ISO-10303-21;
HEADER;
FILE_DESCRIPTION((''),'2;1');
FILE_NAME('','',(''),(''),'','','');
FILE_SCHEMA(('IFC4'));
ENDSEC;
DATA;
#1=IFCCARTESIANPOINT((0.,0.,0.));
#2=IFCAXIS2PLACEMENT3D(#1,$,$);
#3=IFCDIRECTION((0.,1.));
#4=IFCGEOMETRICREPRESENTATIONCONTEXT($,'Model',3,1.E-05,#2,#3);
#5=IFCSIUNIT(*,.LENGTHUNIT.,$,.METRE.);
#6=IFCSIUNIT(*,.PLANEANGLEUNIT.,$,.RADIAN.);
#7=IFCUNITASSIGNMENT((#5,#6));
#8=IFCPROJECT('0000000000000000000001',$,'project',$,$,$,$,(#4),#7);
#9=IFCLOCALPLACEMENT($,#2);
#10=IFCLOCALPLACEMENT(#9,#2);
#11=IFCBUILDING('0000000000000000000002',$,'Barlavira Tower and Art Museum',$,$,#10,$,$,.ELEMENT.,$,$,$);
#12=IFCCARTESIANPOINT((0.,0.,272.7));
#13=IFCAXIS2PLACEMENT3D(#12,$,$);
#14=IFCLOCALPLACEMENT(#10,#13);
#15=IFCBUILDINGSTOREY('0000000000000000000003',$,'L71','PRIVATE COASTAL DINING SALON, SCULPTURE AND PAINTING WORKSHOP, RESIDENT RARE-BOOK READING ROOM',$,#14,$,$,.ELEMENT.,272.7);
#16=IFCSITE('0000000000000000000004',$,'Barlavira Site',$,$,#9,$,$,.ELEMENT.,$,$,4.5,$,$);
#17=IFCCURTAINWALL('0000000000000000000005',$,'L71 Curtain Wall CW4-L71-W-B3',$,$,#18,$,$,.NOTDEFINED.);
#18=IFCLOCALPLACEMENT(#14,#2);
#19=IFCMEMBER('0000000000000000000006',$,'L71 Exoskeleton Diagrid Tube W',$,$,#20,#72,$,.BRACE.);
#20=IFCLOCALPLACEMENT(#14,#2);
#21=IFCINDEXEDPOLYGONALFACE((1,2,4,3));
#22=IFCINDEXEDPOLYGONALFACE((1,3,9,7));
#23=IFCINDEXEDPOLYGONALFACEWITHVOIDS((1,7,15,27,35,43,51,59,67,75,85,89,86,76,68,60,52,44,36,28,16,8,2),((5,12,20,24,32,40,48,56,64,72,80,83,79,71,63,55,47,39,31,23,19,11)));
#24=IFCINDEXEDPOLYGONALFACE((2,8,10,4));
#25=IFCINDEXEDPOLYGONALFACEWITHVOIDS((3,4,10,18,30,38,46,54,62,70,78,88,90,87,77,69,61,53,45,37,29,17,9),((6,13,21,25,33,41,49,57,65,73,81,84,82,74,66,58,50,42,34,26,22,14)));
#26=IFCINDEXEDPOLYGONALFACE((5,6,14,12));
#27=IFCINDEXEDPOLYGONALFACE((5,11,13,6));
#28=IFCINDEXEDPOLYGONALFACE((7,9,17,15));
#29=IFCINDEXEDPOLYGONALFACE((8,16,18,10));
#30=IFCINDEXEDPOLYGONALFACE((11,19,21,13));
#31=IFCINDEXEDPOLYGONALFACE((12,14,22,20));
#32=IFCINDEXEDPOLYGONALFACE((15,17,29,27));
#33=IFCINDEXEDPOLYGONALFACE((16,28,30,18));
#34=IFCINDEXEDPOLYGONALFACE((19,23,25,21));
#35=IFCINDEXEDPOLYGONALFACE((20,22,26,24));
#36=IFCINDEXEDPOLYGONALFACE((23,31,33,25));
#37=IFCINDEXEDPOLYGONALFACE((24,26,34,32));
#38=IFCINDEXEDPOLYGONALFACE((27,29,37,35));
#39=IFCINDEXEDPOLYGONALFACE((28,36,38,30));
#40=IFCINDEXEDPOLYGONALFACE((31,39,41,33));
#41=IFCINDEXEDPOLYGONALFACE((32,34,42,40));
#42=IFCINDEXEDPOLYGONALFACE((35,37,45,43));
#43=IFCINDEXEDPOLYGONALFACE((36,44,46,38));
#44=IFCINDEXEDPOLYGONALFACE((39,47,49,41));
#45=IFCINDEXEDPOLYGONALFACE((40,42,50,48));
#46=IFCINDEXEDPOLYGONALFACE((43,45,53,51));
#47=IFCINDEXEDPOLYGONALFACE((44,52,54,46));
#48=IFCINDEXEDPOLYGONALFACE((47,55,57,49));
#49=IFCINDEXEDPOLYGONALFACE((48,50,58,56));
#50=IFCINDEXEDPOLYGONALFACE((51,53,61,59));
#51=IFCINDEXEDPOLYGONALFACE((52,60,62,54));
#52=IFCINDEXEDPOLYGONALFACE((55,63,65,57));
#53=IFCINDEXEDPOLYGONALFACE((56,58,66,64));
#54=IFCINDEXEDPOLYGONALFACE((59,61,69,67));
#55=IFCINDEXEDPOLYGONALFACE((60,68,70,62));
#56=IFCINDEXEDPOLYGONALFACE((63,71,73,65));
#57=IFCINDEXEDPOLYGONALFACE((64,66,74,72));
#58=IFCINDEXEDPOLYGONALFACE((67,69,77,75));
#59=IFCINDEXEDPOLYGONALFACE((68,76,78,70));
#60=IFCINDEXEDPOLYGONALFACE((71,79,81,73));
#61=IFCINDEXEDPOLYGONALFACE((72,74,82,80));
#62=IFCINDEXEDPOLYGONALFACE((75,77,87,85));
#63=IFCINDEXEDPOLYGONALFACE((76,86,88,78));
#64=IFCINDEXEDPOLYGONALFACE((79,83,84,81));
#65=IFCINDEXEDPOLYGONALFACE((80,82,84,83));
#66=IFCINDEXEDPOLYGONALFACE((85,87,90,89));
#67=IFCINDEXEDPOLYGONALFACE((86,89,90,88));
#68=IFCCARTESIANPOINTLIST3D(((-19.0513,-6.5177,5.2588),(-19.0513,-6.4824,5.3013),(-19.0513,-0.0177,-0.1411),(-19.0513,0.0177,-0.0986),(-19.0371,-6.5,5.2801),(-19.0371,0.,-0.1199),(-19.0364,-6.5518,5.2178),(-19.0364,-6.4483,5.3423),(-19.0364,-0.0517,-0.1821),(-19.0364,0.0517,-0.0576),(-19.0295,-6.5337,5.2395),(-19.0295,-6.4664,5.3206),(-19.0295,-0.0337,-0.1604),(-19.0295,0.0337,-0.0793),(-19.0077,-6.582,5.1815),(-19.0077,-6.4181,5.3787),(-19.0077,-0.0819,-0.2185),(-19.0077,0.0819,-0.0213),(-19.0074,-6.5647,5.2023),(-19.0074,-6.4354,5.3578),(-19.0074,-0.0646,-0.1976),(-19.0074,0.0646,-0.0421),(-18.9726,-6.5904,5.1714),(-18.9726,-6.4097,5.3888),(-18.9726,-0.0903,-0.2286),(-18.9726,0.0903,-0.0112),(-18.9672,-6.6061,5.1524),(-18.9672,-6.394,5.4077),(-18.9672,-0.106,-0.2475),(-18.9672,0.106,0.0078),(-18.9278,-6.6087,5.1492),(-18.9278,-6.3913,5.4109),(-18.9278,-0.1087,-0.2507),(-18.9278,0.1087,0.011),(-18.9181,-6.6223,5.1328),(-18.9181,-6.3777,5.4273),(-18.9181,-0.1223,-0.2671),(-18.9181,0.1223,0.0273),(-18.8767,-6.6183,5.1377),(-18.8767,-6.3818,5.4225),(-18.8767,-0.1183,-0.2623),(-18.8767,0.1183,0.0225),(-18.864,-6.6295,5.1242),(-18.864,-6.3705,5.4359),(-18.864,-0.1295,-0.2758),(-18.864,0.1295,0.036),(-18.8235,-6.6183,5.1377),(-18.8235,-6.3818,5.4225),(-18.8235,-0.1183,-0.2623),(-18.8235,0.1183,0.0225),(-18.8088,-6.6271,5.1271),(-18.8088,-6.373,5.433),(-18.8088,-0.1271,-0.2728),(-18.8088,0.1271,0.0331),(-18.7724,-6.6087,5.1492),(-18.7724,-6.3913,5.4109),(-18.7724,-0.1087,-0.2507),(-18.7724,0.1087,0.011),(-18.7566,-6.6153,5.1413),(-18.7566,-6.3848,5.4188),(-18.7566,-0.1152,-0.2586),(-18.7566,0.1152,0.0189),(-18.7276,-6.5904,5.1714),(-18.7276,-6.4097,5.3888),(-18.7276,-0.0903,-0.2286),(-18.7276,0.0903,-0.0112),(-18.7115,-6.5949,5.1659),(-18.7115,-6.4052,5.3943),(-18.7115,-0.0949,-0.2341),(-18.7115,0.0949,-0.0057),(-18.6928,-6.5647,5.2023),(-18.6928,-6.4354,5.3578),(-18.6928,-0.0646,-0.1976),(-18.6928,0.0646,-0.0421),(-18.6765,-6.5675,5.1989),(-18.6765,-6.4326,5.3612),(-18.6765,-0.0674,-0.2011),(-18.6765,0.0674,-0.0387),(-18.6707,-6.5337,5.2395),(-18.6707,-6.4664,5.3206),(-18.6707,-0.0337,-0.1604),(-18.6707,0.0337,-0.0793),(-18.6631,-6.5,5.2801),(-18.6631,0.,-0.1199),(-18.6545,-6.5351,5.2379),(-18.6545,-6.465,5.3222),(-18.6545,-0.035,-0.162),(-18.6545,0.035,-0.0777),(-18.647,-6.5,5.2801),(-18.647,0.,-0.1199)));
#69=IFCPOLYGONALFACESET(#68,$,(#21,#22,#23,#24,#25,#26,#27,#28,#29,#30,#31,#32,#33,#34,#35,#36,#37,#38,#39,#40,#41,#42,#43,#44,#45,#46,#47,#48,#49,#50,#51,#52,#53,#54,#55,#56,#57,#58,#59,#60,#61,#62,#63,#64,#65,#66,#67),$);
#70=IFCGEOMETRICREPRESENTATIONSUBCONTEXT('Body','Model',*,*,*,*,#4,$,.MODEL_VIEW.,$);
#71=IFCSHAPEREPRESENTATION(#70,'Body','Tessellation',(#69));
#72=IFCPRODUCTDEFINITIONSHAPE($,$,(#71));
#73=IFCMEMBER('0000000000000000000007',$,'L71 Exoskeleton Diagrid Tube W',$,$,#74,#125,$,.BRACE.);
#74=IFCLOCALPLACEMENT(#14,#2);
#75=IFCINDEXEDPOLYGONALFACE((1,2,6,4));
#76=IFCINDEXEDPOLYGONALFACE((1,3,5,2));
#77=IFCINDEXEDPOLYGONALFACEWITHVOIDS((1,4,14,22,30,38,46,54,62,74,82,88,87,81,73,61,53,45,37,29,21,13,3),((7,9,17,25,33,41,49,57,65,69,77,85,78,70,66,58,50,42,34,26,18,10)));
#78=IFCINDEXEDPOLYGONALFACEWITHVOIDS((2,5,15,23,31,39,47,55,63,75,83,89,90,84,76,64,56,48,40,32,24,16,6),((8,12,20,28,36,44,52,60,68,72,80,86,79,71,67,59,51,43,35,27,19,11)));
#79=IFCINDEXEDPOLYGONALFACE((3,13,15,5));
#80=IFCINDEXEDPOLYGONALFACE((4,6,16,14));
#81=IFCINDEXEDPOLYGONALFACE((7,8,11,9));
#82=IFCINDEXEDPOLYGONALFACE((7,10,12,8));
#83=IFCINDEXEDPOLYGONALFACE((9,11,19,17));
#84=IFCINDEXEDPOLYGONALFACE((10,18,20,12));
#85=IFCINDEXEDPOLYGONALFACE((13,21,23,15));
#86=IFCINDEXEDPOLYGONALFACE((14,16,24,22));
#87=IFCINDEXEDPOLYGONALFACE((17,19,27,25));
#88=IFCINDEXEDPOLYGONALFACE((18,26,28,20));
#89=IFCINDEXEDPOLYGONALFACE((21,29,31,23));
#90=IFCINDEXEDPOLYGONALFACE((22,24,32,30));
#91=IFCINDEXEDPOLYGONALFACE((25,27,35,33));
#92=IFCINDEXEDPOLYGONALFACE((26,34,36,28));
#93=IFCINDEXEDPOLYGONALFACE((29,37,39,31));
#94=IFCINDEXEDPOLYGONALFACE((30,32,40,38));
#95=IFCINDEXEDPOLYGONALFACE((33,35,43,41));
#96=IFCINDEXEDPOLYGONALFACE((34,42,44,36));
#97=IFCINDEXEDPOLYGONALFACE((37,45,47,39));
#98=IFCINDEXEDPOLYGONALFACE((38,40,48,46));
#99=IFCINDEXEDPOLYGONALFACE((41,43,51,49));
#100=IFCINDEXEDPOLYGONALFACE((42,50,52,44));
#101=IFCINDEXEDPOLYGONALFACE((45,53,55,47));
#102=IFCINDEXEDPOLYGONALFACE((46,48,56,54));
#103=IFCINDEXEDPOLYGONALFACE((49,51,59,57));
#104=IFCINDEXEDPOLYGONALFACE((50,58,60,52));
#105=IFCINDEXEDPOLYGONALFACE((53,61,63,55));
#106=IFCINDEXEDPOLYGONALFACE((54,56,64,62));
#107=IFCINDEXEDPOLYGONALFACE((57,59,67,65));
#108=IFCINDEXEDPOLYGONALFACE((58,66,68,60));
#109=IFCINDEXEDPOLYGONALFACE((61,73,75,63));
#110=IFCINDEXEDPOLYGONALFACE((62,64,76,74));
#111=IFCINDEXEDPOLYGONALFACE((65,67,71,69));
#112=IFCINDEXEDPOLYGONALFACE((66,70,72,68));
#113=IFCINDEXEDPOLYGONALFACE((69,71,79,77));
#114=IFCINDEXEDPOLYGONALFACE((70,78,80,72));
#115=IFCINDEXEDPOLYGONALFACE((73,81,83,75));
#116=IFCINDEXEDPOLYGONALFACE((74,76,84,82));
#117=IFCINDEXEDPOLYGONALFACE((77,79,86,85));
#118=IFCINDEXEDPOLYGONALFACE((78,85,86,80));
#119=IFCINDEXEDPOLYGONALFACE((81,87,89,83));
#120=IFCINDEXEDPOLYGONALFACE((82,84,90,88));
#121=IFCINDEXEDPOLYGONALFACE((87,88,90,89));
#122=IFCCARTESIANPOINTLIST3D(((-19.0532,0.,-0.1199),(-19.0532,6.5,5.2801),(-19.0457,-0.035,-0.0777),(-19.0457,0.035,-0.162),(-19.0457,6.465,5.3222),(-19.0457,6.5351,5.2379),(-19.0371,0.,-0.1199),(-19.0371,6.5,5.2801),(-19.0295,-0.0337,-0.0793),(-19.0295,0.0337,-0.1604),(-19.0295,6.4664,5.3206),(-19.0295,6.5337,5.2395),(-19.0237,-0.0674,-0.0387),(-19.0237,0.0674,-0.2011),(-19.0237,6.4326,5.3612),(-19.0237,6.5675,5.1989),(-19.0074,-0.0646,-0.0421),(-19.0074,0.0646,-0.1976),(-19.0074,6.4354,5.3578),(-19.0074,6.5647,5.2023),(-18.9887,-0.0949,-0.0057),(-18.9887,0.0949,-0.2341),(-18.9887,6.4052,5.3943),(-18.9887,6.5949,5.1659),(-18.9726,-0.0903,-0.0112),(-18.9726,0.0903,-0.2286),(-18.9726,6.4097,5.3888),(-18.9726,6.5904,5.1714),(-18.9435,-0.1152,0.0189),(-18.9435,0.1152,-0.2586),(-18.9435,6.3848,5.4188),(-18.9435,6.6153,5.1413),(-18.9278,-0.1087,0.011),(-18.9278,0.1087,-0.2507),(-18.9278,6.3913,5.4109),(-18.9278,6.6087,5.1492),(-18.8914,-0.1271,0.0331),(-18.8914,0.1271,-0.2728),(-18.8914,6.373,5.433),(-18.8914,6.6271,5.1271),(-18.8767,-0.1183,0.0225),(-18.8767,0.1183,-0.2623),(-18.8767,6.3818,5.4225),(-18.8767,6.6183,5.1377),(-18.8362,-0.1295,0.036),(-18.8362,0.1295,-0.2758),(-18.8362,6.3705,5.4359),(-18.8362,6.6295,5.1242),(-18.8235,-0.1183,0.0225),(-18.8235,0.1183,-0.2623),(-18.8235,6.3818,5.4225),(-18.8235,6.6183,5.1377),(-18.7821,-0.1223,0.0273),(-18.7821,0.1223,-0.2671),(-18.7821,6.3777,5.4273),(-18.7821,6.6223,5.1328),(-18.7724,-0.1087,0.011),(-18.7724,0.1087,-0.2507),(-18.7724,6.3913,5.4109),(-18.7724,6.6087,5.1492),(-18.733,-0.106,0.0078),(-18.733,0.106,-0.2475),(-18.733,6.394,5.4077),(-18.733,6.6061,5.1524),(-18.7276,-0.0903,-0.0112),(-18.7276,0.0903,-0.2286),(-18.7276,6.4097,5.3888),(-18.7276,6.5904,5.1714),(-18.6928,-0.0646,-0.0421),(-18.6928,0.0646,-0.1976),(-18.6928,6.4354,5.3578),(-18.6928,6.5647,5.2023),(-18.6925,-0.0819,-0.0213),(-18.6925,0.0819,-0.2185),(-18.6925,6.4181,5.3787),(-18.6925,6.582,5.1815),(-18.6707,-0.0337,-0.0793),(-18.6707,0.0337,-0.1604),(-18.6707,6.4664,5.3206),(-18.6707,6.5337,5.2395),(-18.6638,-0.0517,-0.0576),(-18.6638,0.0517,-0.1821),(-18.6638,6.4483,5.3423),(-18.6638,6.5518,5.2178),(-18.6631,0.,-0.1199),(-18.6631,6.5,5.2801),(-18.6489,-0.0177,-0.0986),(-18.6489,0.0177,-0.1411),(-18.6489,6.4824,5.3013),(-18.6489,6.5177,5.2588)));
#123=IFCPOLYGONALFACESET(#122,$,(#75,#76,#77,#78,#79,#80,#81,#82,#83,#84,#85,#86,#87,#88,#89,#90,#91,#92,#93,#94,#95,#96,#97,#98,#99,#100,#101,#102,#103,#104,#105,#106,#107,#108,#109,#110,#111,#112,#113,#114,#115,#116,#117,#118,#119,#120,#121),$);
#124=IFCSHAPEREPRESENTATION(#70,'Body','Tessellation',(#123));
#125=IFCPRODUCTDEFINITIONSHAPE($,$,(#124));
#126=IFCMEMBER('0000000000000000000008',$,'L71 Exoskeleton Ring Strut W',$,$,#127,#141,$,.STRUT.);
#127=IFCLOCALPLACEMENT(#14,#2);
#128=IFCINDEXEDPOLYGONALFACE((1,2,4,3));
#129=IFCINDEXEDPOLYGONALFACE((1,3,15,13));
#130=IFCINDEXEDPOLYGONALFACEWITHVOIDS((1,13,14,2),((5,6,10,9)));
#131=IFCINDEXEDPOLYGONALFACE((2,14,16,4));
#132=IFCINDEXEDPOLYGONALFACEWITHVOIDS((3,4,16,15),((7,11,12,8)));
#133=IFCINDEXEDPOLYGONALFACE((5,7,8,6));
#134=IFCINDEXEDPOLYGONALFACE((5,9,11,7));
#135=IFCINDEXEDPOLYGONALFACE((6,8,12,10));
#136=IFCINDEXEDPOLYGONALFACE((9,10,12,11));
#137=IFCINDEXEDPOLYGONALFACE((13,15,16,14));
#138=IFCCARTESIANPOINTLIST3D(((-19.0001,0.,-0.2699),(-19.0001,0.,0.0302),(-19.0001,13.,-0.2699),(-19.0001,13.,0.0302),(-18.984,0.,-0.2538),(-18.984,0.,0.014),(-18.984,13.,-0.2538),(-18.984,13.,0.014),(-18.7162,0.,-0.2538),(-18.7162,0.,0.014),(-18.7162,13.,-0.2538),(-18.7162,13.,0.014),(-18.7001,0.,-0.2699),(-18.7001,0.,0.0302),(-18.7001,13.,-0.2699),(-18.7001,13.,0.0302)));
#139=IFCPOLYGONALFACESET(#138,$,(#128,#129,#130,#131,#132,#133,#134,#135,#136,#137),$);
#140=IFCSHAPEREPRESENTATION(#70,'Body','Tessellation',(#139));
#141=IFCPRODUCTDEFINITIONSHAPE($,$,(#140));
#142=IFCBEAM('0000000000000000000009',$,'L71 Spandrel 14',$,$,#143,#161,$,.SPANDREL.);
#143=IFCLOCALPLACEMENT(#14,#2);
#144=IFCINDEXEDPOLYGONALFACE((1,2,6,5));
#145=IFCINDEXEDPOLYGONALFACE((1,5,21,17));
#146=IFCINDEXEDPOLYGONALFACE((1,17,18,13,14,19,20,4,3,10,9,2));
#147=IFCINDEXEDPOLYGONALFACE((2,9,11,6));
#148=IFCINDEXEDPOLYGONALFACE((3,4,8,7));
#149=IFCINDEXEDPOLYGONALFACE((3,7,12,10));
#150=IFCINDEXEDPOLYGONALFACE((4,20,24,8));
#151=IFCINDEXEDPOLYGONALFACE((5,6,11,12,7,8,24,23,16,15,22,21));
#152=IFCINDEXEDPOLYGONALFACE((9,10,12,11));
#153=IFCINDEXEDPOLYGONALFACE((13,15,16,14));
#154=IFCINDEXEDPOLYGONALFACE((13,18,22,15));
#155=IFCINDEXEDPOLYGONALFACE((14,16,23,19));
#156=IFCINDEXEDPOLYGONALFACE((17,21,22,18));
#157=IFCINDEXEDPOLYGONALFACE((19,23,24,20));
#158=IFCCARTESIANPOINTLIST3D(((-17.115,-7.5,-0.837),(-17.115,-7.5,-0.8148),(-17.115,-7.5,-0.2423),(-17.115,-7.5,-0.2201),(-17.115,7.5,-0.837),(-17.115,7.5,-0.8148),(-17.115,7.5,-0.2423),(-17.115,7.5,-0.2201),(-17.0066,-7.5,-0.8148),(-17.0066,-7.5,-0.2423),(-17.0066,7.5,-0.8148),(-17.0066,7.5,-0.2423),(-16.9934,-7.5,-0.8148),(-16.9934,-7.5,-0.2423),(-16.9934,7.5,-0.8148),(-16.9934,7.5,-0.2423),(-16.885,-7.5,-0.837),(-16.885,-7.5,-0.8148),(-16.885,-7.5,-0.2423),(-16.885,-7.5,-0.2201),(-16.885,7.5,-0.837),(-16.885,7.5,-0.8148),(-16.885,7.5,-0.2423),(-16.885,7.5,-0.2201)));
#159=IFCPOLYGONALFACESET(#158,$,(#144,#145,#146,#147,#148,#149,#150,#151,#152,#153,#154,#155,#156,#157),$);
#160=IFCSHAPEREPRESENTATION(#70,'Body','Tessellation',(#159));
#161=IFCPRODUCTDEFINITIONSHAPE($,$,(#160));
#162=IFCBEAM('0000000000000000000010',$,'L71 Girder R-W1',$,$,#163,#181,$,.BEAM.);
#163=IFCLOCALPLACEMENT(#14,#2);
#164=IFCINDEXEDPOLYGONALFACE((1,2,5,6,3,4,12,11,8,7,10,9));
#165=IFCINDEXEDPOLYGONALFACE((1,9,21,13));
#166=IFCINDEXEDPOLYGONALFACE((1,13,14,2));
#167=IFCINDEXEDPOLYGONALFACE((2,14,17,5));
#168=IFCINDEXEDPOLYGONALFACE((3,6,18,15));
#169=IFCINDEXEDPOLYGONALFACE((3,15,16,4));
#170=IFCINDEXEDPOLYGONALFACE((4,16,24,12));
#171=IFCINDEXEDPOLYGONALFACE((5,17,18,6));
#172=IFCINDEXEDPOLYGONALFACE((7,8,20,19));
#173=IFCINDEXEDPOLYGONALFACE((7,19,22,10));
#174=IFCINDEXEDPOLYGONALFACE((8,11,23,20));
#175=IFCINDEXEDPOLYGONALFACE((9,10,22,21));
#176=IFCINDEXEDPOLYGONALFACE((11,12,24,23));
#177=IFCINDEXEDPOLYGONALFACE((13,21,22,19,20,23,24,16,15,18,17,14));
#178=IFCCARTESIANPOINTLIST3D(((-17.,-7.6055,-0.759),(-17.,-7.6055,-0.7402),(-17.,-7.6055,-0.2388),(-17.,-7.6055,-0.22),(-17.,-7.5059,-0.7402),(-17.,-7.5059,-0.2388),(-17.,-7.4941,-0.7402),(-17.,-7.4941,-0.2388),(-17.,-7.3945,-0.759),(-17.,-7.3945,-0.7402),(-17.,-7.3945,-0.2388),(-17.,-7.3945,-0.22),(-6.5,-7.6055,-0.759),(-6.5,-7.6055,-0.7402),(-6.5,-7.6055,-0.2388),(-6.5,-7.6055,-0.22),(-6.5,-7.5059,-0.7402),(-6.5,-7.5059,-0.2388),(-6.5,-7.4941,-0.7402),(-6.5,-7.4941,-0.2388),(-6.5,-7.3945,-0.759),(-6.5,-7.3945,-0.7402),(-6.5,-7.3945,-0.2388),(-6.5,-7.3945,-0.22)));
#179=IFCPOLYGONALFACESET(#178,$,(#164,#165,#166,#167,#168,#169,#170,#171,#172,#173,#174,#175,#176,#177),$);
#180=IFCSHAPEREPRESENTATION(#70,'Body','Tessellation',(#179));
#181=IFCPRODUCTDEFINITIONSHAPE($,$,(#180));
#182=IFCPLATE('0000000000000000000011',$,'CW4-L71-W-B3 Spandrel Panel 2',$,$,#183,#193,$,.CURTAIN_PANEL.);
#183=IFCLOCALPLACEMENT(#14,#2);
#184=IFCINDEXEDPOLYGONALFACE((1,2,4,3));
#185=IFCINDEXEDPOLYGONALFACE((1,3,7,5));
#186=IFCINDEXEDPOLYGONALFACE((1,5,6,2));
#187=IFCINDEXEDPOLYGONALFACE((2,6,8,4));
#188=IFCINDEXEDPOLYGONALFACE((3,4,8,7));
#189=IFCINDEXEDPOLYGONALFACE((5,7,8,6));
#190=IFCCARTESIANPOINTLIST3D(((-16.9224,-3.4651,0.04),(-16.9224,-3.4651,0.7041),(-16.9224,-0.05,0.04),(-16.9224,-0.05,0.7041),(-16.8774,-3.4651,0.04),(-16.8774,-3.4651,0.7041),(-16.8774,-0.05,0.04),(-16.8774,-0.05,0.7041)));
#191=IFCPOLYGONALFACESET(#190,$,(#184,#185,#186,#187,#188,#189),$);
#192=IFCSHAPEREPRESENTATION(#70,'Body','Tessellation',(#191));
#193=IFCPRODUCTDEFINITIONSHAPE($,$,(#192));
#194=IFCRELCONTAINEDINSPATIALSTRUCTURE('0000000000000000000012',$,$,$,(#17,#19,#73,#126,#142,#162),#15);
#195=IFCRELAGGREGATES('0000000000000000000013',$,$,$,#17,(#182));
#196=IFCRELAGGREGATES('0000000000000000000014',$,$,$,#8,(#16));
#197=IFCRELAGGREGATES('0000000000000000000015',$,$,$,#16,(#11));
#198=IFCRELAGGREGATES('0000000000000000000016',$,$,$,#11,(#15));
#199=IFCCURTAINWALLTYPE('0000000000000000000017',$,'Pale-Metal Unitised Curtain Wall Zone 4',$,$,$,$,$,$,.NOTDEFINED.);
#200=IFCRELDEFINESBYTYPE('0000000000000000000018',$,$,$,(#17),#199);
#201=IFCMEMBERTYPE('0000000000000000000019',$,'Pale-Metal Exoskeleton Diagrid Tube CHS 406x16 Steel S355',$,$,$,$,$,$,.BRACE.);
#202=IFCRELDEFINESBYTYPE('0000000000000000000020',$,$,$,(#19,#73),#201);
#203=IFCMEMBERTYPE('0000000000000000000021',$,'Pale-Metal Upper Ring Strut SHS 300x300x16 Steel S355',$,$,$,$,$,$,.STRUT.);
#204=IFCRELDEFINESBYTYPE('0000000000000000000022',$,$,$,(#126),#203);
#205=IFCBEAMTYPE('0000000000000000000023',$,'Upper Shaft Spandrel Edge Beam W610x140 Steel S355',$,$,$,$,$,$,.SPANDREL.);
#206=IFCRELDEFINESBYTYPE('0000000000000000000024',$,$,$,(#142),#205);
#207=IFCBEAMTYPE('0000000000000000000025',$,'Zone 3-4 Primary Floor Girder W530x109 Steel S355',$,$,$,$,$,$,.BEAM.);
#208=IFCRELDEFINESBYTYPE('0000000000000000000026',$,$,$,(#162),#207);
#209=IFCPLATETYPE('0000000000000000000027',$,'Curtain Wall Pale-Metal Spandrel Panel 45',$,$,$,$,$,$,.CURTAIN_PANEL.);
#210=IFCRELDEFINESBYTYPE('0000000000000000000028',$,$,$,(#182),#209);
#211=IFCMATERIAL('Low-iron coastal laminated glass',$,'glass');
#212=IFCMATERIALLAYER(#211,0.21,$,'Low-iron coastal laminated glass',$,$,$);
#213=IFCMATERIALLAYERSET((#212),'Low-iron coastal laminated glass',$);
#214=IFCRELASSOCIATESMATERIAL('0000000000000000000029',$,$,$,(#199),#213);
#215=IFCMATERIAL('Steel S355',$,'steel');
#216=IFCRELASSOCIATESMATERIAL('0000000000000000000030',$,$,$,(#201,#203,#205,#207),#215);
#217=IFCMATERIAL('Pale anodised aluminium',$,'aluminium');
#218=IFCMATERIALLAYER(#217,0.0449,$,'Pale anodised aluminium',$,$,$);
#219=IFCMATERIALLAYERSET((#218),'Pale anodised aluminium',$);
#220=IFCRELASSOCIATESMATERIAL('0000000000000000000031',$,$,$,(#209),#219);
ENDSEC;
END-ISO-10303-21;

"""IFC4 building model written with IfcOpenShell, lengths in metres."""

from ifc_helpers import new_model, si_unit, direction, frame, origin, origin_2d, place, context, subcontext, project, spatial, rectangle, hollow_rectangle, hollow_circle, i_section, extrude, material, layer, layer_set, material_profile, profile_set, type_object, element, aggregate, save


model = new_model("IFC4")

# Units and contexts
model_context = context("Model", 3, precision=1e-05, world=origin(), true_north=direction((0.0, 1.0)))
body_context = subcontext(model_context, "Body", "Model", "MODEL_VIEW")
ifc_project = project(units=[si_unit("LENGTHUNIT", "METRE"), si_unit("PLANEANGLEUNIT", "RADIAN")], contexts=[model_context])

# Site, building, storey
site_placement = place(None, origin())
site = spatial("IfcSite", under=ifc_project, at=site_placement, Name="Barlavira Site", CompositionType="ELEMENT", RefElevation=4.5)
building_placement = place(site_placement, origin())
building = spatial("IfcBuilding", under=site, at=building_placement, Name="Barlavira Tower and Art Museum", CompositionType="ELEMENT")
storey_placement = place(building_placement, frame((0.0, 0.0, 272.7)))
storey = spatial("IfcBuildingStorey", under=building, at=storey_placement, Name="L71", Description="PRIVATE COASTAL DINING SALON, SCULPTURE AND PAINTING WORKSHOP, RESIDENT RARE-BOOK READING ROOM", CompositionType="ELEMENT", Elevation=272.7)

# Curtain wall
ifc_material_1 = material(Name="Low-iron coastal laminated glass", Category="glass")
ifc_layer_1 = layer(ifc_material_1, 0.21, Name="Low-iron coastal laminated glass")
ifc_layer_set_1 = layer_set([ifc_layer_1], Name="Low-iron coastal laminated glass")
curtain_wall_type = type_object("IfcCurtainWallType", Name="Pale-Metal Unitised Curtain Wall Zone 4", PredefinedType="NOTDEFINED", material=ifc_layer_set_1)
curtain_wall_placement = place(storey_placement, origin())
curtain_wall = element("IfcCurtainWall", 1, at=curtain_wall_placement, inside=storey, type_object=curtain_wall_type, Name="L71 Curtain Wall CW4-L71-W-B3", PredefinedType="NOTDEFINED")
ifc_material_2 = material(Name="Pale anodised aluminium", Category="aluminium")

# Members
ifc_material_3 = material(Name="Steel S355", Category="steel")
ifc_material_profile_1 = material_profile(ifc_material_3, hollow_circle(Radius=0.2031, WallThickness=0.0161, at=origin_2d()), Name="CHS 406.4x16.0")
ifc_profile_set_1 = profile_set([ifc_material_profile_1], Name="Steel S355")
member_type_1 = type_object("IfcMemberType", Name="Pale-Metal Exoskeleton Diagrid Tube CHS 406x16 Steel S355", PredefinedType="BRACE", material=ifc_profile_set_1)
for number, where, z_axis, x_axis, name in (
    (2, (-18.8501, 0.0, -0.1199), (0.0, -0.769196, 0.639013), (1.0, 0.0, 0.0), "L71 Exoskeleton Diagrid Tube W"),
    (3, (-18.8501, 0.0, -0.1199), (0.0, 0.769196, 0.639013), (-1.0, 0.0, 0.0), "L71 Exoskeleton Diagrid Tube W"),
):
    element("IfcMember", number, at=place(storey_placement, frame(where, z_axis=z_axis, x_axis=x_axis)), inside=storey, type_object=member_type_1, Name=name, PredefinedType="BRACE", context=body_context, shape_type="SweptSolid", body=[
        extrude(hollow_circle(Radius=0.2031, WallThickness=0.0161, at=origin_2d()), origin(), (0.0, 0.0, 1.0), 8.4504),
    ])
ifc_material_profile_2 = material_profile(ifc_material_3, hollow_rectangle(XDim=0.3, YDim=0.3, WallThickness=0.0161, at=origin_2d()), Name="SHS 300x300x16.0")
ifc_profile_set_2 = profile_set([ifc_material_profile_2], Name="Steel S355")
member_type_2 = type_object("IfcMemberType", Name="Pale-Metal Upper Ring Strut SHS 300x300x16 Steel S355", PredefinedType="STRUT", material=ifc_profile_set_2)
member_1_placement = place(storey_placement, frame((-18.8501, 0.0, -0.1199), z_axis=(0.0, 1.0, 0.0), x_axis=(-1.0, 0.0, 0.0)))
element("IfcMember", 4, at=member_1_placement, inside=storey, type_object=member_type_2, Name="L71 Exoskeleton Ring Strut W", PredefinedType="STRUT", context=body_context, shape_type="SweptSolid", body=[
    extrude(hollow_rectangle(XDim=0.3, YDim=0.3, WallThickness=0.0161, at=origin_2d()), origin(), (0.0, 0.0, 1.0), 13.0),
])

# Beams
ifc_material_profile_3 = material_profile(ifc_material_3, i_section(OverallWidth=0.23, OverallDepth=0.6169, WebThickness=0.0132, FlangeThickness=0.0222, at=origin_2d()), Name="W610x140.0")
ifc_profile_set_3 = profile_set([ifc_material_profile_3], Name="Steel S355")
beam_type_1 = type_object("IfcBeamType", Name="Upper Shaft Spandrel Edge Beam W610x140 Steel S355", PredefinedType="SPANDREL", material=ifc_profile_set_3)
beam_1_placement = place(storey_placement, frame((-17.0, -7.5, -0.5286), z_axis=(0.0, 1.0, 0.0), x_axis=(-1.0, 0.0, 0.0)))
element("IfcBeam", 5, at=beam_1_placement, inside=storey, type_object=beam_type_1, Name="L71 Spandrel 14", PredefinedType="SPANDREL", context=body_context, shape_type="SweptSolid", body=[
    extrude(i_section(OverallWidth=0.23, OverallDepth=0.6169, WebThickness=0.0132, FlangeThickness=0.0222, at=origin_2d()), origin(), (0.0, 0.0, 1.0), 15.0),
])
ifc_material_profile_4 = material_profile(ifc_material_3, i_section(OverallWidth=0.2109, OverallDepth=0.5391, WebThickness=0.0117, FlangeThickness=0.0188, at=origin_2d()), Name="W530x109.0")
ifc_profile_set_4 = profile_set([ifc_material_profile_4], Name="Steel S355")
beam_type_2 = type_object("IfcBeamType", Name="Zone 3-4 Primary Floor Girder W530x109 Steel S355", PredefinedType="BEAM", material=ifc_profile_set_4)
beam_2_placement = place(storey_placement, frame((-17.0, -7.5, -0.4895), z_axis=(1.0, 0.0, 0.0), x_axis=(0.0, 1.0, 0.0)))
element("IfcBeam", 6, at=beam_2_placement, inside=storey, type_object=beam_type_2, Name="L71 Girder R-W1", PredefinedType="BEAM", context=body_context, shape_type="SweptSolid", body=[
    extrude(i_section(OverallWidth=0.2109, OverallDepth=0.5391, WebThickness=0.0117, FlangeThickness=0.0188, at=origin_2d()), origin(), (0.0, 0.0, 1.0), 10.5),
])

# Plate
ifc_layer_2 = layer(ifc_material_2, 0.0449, Name="Pale anodised aluminium")
ifc_layer_set_2 = layer_set([ifc_layer_2], Name="Pale anodised aluminium")
plate_type_1 = type_object("IfcPlateType", Name="Curtain Wall Pale-Metal Spandrel Panel 45", PredefinedType="CURTAIN_PANEL", material=ifc_layer_set_2)
plate_1_placement = place(storey_placement, frame((-16.8999, -1.7576, 0.04), z_axis=(0.0, 0.0, 1.0), x_axis=(0.0, -1.0, 0.0)))
plate_1 = element("IfcPlate", 7, at=plate_1_placement, type_object=plate_type_1, Name="CW4-L71-W-B3 Spandrel Panel 2", PredefinedType="CURTAIN_PANEL", context=body_context, shape_type="SweptSolid", body=[
    extrude(rectangle(XDim=3.415, YDim=0.0449, at=origin_2d()), origin(), (0.0, 0.0, 1.0), 0.6641),
])
aggregate(curtain_wall, [plate_1])

save(model, "model.ifc")
